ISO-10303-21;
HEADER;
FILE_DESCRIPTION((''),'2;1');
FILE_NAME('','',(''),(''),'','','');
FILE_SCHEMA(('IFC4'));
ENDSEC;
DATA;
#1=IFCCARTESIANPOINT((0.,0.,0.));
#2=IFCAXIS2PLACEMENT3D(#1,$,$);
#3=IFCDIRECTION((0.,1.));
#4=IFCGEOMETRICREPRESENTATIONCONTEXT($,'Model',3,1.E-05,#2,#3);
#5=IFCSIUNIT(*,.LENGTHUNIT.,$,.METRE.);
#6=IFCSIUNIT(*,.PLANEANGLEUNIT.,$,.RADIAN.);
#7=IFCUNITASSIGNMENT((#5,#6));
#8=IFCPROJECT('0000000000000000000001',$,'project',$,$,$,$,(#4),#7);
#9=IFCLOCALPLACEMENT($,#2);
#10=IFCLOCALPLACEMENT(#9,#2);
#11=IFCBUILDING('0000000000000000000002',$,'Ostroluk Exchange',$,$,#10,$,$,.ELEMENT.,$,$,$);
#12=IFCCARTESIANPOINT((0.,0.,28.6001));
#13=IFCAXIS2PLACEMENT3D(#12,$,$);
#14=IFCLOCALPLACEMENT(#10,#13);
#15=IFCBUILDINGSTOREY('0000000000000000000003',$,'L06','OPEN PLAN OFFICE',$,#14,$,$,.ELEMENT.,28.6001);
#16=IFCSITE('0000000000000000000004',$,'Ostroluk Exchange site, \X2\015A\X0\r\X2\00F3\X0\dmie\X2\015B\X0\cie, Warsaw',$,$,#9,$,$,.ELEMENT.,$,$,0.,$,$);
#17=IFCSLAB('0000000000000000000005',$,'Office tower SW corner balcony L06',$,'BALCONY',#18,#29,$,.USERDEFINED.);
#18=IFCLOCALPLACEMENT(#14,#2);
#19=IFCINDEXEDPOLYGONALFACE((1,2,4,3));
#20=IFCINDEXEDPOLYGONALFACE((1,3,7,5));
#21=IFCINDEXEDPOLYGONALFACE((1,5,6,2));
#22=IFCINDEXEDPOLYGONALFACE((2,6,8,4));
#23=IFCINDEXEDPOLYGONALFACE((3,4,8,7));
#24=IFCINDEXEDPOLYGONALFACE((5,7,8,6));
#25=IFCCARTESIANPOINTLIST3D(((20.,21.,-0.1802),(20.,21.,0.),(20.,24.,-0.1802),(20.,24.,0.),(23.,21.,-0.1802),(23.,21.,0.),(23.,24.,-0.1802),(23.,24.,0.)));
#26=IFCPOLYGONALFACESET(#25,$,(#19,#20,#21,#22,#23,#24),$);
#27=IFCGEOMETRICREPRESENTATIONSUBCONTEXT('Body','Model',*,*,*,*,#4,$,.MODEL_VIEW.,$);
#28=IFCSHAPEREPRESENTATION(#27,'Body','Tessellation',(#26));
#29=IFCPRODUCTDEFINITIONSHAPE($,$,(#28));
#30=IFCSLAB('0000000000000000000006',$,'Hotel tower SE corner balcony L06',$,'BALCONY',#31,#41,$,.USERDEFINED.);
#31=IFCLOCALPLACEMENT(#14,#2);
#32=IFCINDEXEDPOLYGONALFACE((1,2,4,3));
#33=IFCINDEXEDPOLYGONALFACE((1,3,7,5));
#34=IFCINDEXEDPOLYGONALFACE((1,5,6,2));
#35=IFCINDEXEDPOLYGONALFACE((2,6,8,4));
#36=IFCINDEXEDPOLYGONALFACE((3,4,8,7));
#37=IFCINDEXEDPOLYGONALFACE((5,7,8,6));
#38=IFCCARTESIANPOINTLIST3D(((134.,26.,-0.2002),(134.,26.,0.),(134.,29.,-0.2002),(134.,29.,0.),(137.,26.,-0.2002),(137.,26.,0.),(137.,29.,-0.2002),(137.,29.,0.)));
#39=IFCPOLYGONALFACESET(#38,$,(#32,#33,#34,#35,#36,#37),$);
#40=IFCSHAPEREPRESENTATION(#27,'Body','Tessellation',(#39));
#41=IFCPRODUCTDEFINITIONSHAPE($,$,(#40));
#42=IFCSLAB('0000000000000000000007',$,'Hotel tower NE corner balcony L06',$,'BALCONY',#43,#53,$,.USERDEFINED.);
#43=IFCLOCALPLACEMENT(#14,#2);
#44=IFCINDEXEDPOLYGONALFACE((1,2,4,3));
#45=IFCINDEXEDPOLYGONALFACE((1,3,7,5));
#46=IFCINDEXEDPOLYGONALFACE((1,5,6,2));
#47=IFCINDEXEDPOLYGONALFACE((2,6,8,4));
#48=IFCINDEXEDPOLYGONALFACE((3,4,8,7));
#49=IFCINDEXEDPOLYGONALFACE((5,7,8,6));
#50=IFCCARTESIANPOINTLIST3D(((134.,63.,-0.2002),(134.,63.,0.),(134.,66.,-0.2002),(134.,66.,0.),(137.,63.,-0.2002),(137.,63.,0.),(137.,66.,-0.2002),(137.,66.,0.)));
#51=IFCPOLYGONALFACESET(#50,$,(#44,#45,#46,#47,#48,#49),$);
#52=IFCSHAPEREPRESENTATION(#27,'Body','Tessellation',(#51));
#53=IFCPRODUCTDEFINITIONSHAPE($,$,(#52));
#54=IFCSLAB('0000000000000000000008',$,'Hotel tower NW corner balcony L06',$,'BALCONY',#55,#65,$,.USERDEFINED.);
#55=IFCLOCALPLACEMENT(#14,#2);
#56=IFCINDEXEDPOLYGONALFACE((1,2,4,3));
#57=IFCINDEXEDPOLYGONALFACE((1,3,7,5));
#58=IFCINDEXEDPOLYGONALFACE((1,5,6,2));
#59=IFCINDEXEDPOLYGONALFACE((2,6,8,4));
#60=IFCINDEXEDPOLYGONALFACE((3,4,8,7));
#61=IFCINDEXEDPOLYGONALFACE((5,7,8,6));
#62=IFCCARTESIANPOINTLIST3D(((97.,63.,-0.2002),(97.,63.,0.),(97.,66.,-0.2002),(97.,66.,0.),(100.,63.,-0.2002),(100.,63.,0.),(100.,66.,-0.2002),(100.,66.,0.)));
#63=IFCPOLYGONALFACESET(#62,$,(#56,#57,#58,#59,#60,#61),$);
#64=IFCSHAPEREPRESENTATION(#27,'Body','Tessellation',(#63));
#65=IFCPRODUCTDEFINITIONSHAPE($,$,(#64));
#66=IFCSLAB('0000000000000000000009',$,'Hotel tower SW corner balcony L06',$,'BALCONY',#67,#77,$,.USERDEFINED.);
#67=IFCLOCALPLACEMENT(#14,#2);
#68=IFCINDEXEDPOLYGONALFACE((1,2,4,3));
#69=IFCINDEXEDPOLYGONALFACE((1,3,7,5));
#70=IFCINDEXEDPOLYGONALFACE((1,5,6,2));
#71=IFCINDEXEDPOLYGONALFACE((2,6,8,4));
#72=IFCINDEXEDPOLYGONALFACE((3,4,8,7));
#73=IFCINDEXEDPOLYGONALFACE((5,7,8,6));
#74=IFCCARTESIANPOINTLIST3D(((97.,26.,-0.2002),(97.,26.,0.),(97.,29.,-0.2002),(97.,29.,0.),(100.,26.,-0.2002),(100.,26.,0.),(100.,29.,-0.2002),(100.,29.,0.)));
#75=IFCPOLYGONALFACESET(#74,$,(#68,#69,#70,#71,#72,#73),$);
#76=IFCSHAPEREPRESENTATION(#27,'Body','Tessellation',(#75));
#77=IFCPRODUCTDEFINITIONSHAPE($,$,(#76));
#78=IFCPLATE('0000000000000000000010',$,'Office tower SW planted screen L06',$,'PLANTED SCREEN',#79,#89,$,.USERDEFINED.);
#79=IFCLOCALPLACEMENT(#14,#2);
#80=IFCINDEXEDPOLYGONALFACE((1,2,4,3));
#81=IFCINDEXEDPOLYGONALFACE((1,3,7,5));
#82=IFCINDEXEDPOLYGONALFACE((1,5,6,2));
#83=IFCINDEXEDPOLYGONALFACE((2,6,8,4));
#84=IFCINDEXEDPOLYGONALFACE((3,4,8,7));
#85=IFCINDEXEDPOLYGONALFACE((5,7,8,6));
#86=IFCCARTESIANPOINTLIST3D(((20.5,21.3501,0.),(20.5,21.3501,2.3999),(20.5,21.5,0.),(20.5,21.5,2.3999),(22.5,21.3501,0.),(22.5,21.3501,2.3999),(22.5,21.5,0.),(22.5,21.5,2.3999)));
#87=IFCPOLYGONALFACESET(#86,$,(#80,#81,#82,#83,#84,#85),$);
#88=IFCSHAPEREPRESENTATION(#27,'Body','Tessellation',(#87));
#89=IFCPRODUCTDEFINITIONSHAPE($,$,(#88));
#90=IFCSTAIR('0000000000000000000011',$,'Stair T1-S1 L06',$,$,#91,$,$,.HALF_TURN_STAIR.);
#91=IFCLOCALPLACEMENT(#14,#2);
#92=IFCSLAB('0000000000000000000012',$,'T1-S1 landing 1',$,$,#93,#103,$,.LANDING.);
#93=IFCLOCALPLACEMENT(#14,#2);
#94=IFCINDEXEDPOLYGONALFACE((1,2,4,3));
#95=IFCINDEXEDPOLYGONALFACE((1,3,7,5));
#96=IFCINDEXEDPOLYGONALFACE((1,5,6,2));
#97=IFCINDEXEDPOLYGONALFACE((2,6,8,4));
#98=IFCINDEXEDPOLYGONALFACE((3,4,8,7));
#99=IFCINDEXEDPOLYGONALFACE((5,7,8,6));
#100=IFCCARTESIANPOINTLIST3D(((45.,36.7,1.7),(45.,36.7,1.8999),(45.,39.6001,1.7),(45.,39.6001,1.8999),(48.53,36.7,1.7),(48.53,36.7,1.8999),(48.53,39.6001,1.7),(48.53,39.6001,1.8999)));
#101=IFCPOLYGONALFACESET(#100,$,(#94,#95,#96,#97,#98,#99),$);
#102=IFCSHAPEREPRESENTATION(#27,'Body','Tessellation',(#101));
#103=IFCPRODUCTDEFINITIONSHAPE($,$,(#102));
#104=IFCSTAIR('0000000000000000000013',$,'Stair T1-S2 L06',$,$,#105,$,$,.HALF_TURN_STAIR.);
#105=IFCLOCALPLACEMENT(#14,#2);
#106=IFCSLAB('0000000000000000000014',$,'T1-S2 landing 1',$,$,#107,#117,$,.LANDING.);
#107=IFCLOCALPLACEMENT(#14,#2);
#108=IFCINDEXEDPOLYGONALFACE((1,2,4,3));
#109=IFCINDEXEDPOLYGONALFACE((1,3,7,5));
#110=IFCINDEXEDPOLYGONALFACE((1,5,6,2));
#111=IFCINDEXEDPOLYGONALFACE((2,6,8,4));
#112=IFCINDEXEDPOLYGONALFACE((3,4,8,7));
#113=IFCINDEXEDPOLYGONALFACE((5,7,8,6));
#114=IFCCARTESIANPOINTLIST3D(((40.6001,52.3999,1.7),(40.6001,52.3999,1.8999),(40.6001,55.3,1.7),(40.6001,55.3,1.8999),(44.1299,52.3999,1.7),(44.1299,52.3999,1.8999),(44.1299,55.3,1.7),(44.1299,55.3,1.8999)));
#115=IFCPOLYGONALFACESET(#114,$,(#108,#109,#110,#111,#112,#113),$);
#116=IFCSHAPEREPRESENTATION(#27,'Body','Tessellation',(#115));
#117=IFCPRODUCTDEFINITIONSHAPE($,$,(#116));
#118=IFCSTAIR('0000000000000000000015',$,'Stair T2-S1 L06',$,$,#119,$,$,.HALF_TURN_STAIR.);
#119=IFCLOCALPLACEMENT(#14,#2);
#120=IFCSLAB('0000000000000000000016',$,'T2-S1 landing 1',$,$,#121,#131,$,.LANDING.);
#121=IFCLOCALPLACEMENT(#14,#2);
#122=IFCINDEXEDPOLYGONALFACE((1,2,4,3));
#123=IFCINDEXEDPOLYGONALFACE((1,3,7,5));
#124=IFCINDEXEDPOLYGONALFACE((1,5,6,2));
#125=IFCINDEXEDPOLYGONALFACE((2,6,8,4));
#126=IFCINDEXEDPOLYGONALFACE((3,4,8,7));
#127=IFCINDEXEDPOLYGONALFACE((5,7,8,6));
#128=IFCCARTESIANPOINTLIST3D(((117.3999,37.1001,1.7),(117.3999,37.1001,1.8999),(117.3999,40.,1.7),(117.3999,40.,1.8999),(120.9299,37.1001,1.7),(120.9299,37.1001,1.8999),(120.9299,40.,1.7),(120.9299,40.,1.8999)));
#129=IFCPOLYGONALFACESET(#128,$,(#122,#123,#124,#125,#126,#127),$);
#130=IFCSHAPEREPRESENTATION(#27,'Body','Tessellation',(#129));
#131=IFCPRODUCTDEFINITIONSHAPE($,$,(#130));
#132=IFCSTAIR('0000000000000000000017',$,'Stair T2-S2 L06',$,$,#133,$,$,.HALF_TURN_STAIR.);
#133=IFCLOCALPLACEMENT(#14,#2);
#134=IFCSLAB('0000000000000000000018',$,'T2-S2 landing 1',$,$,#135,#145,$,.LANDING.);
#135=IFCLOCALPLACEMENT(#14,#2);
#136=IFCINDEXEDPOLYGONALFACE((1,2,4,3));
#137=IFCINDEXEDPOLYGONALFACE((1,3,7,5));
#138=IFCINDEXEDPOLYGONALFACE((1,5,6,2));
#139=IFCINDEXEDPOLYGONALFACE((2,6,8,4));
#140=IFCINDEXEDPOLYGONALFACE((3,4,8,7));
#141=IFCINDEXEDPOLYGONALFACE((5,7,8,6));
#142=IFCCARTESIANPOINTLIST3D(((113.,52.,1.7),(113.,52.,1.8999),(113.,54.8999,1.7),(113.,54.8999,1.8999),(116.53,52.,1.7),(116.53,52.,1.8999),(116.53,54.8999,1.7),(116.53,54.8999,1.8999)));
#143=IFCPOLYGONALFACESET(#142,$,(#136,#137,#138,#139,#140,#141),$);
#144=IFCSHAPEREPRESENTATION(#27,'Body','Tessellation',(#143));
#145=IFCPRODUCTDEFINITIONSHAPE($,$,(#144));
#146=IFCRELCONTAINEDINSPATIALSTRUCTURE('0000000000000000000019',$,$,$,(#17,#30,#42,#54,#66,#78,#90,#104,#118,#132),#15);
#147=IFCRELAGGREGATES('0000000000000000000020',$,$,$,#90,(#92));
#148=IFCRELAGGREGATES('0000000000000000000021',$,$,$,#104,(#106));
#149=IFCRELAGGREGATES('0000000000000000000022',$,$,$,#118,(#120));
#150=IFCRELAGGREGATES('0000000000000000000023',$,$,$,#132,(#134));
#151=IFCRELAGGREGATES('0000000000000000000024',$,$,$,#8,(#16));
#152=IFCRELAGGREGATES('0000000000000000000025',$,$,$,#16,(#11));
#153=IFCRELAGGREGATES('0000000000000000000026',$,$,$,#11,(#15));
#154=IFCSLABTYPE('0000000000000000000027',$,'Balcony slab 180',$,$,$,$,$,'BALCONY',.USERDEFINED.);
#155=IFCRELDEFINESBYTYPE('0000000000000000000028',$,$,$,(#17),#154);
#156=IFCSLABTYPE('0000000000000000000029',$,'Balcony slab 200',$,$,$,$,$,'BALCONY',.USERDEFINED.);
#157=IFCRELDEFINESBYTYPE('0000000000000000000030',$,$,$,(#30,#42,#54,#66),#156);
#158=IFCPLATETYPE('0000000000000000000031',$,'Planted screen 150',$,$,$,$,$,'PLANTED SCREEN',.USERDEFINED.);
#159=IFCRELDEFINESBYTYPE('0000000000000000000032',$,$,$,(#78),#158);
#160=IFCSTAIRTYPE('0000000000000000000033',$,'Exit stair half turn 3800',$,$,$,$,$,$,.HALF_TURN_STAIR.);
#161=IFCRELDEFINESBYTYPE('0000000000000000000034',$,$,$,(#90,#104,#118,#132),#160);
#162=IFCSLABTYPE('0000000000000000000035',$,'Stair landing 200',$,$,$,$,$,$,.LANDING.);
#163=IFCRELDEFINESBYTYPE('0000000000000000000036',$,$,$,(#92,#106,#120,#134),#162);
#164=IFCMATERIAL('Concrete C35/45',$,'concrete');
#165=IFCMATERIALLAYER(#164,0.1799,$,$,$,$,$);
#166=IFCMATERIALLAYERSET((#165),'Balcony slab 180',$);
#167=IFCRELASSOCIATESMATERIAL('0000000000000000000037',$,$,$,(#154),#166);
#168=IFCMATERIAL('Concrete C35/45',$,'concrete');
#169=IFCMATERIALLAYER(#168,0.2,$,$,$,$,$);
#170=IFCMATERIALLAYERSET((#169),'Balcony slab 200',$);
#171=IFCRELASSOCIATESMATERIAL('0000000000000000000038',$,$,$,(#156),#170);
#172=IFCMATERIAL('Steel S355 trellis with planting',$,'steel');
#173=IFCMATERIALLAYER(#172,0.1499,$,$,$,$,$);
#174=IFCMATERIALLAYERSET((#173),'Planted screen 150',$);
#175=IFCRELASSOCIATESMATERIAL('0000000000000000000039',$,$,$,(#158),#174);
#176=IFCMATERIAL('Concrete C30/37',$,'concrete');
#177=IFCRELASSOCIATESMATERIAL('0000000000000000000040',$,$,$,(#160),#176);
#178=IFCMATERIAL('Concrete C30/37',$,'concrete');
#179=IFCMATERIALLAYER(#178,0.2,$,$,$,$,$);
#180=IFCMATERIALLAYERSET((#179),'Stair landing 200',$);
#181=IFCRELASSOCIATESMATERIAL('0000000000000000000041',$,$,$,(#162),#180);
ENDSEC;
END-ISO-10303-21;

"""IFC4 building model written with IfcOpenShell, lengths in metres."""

from ifc_helpers import new_model, si_unit, direction, frame, origin, origin_2d, place, context, subcontext, project, spatial, polyline, rectangle, outline, extrude, material, layer, layer_set, type_object, element, aggregate, save


model = new_model("IFC4")

# Units and contexts
model_context = context("Model", 3, precision=1e-05, world=origin(), true_north=direction((0.0, 1.0)))
body_context = subcontext(model_context, "Body", "Model", "MODEL_VIEW")
ifc_project = project(units=[si_unit("LENGTHUNIT", "METRE"), si_unit("PLANEANGLEUNIT", "RADIAN")], contexts=[model_context])

# Site, building, storey
site_placement = place(None, origin())
site = spatial("IfcSite", under=ifc_project, at=site_placement, Name="Ostroluk Exchange site, Śródmieście, Warsaw", CompositionType="ELEMENT", RefElevation=0.0)
building_placement = place(site_placement, origin())
building = spatial("IfcBuilding", under=site, at=building_placement, Name="Ostroluk Exchange", CompositionType="ELEMENT")
storey_placement = place(building_placement, frame((0.0, 0.0, 28.6001)))
storey = spatial("IfcBuildingStorey", under=building, at=storey_placement, Name="L06", Description="OPEN PLAN OFFICE", CompositionType="ELEMENT", Elevation=28.6001)

# Slabs
ifc_material_1 = material(Name="Concrete C35/45", Category="concrete")
ifc_layer_1 = layer(ifc_material_1, 0.1799)
ifc_layer_set_1 = layer_set([ifc_layer_1], Name="Balcony slab 180")
slab_type_1 = type_object("IfcSlabType", Name="Balcony slab 180", ElementType="BALCONY", PredefinedType="USERDEFINED", material=ifc_layer_set_1)
slab_1_placement = place(storey_placement, frame((0.0, 0.0, -0.1802)))
element("IfcSlab", 1, at=slab_1_placement, inside=storey, type_object=slab_type_1, Name="Office tower SW corner balcony L06", ObjectType="BALCONY", PredefinedType="USERDEFINED", context=body_context, shape_type="SweptSolid", body=[
    extrude(outline(polyline([(20.0, 21.0), (23.0, 21.0), (23.0, 24.0), (20.0, 24.0), (20.0, 21.0)])), origin(), (0.0, 0.0, 1.0), 0.1802),
])
ifc_material_2 = material(Name="Concrete C35/45", Category="concrete")
ifc_layer_2 = layer(ifc_material_2, 0.2)
ifc_layer_set_2 = layer_set([ifc_layer_2], Name="Balcony slab 200")
slab_type_2 = type_object("IfcSlabType", Name="Balcony slab 200", ElementType="BALCONY", PredefinedType="USERDEFINED", material=ifc_layer_set_2)
slab_2_placement = place(storey_placement, frame((0.0, 0.0, -0.2002)))
element("IfcSlab", 2, at=slab_2_placement, inside=storey, type_object=slab_type_2, Name="Hotel tower SE corner balcony L06", ObjectType="BALCONY", PredefinedType="USERDEFINED", context=body_context, shape_type="SweptSolid", body=[
    extrude(outline(polyline([(134.0, 26.0), (137.0, 26.0), (137.0, 29.0), (134.0, 29.0), (134.0, 26.0)])), origin(), (0.0, 0.0, 1.0), 0.2002),
])
slab_3_placement = place(storey_placement, frame((0.0, 0.0, -0.2002)))
element("IfcSlab", 3, at=slab_3_placement, inside=storey, type_object=slab_type_2, Name="Hotel tower NE corner balcony L06", ObjectType="BALCONY", PredefinedType="USERDEFINED", context=body_context, shape_type="SweptSolid", body=[
    extrude(outline(polyline([(134.0, 63.0), (137.0, 63.0), (137.0, 66.0), (134.0, 66.0), (134.0, 63.0)])), origin(), (0.0, 0.0, 1.0), 0.2002),
])
slab_4_placement = place(storey_placement, frame((0.0, 0.0, -0.2002)))
element("IfcSlab", 4, at=slab_4_placement, inside=storey, type_object=slab_type_2, Name="Hotel tower NW corner balcony L06", ObjectType="BALCONY", PredefinedType="USERDEFINED", context=body_context, shape_type="SweptSolid", body=[
    extrude(outline(polyline([(97.0, 63.0), (100.0, 63.0), (100.0, 66.0), (97.0, 66.0), (97.0, 63.0)])), origin(), (0.0, 0.0, 1.0), 0.2002),
])
slab_5_placement = place(storey_placement, frame((0.0, 0.0, -0.2002)))
element("IfcSlab", 5, at=slab_5_placement, inside=storey, type_object=slab_type_2, Name="Hotel tower SW corner balcony L06", ObjectType="BALCONY", PredefinedType="USERDEFINED", context=body_context, shape_type="SweptSolid", body=[
    extrude(outline(polyline([(97.0, 26.0), (100.0, 26.0), (100.0, 29.0), (97.0, 29.0), (97.0, 26.0)])), origin(), (0.0, 0.0, 1.0), 0.2002),
])

# Plate
ifc_material_3 = material(Name="Steel S355 trellis with planting", Category="steel")
ifc_layer_3 = layer(ifc_material_3, 0.1499)
ifc_layer_set_3 = layer_set([ifc_layer_3], Name="Planted screen 150")
plate_type = type_object("IfcPlateType", Name="Planted screen 150", ElementType="PLANTED SCREEN", PredefinedType="USERDEFINED", material=ifc_layer_set_3)
plate_placement = place(storey_placement, frame((21.5, 21.425, 0.0), z_axis=(0.0, 0.0, 1.0), x_axis=(1.0, 0.0, 0.0)))
element("IfcPlate", 6, at=plate_placement, inside=storey, type_object=plate_type, Name="Office tower SW planted screen L06", ObjectType="PLANTED SCREEN", PredefinedType="USERDEFINED", context=body_context, shape_type="SweptSolid", body=[
    extrude(rectangle(XDim=2.0, YDim=0.1499, at=origin_2d()), origin(), (0.0, 0.0, 1.0), 2.3999),
])

# Stairs, slabs
ifc_material_4 = material(Name="Concrete C30/37", Category="concrete")
stair_type = type_object("IfcStairType", Name="Exit stair half turn 3800", PredefinedType="HALF_TURN_STAIR", material=ifc_material_4)
stair_1_placement = place(storey_placement, origin())
stair_1 = element("IfcStair", 7, at=stair_1_placement, inside=storey, type_object=stair_type, Name="Stair T1-S1 L06", PredefinedType="HALF_TURN_STAIR")
ifc_material_5 = material(Name="Concrete C30/37", Category="concrete")
ifc_layer_4 = layer(ifc_material_5, 0.2)
ifc_layer_set_4 = layer_set([ifc_layer_4], Name="Stair landing 200")
slab_type_3 = type_object("IfcSlabType", Name="Stair landing 200", PredefinedType="LANDING", material=ifc_layer_set_4)
slab_6_placement = place(storey_placement, frame((0.0, 0.0, 1.7)))
slab_6 = element("IfcSlab", 8, at=slab_6_placement, type_object=slab_type_3, Name="T1-S1 landing 1", PredefinedType="LANDING", context=body_context, shape_type="SweptSolid", body=[
    extrude(outline(polyline([(45.0, 36.7), (45.0, 39.6001), (48.53, 39.6001), (48.53, 36.7), (45.0, 36.7)])), origin(), (0.0, 0.0, 1.0), 0.2),
])
aggregate(stair_1, [slab_6])
stair_2_placement = place(storey_placement, origin())
stair_2 = element("IfcStair", 9, at=stair_2_placement, inside=storey, type_object=stair_type, Name="Stair T1-S2 L06", PredefinedType="HALF_TURN_STAIR")
slab_7_placement = place(storey_placement, frame((0.0, 0.0, 1.7)))
slab_7 = element("IfcSlab", 10, at=slab_7_placement, type_object=slab_type_3, Name="T1-S2 landing 1", PredefinedType="LANDING", context=body_context, shape_type="SweptSolid", body=[
    extrude(outline(polyline([(44.1299, 52.3999), (44.1299, 55.3), (40.6001, 55.3), (40.6001, 52.3999), (44.1299, 52.3999)])), origin(), (0.0, 0.0, 1.0), 0.2),
])
aggregate(stair_2, [slab_7])
stair_3_placement = place(storey_placement, origin())
stair_3 = element("IfcStair", 11, at=stair_3_placement, inside=storey, type_object=stair_type, Name="Stair T2-S1 L06", PredefinedType="HALF_TURN_STAIR")
slab_8_placement = place(storey_placement, frame((0.0, 0.0, 1.7)))
slab_8 = element("IfcSlab", 12, at=slab_8_placement, type_object=slab_type_3, Name="T2-S1 landing 1", PredefinedType="LANDING", context=body_context, shape_type="SweptSolid", body=[
    extrude(outline(polyline([(117.3999, 37.1001), (117.3999, 40.0), (120.9299, 40.0), (120.9299, 37.1001), (117.3999, 37.1001)])), origin(), (0.0, 0.0, 1.0), 0.2),
])
aggregate(stair_3, [slab_8])
stair_4_placement = place(storey_placement, origin())
stair_4 = element("IfcStair", 13, at=stair_4_placement, inside=storey, type_object=stair_type, Name="Stair T2-S2 L06", PredefinedType="HALF_TURN_STAIR")
slab_9_placement = place(storey_placement, frame((0.0, 0.0, 1.7)))
slab_9 = element("IfcSlab", 14, at=slab_9_placement, type_object=slab_type_3, Name="T2-S2 landing 1", PredefinedType="LANDING", context=body_context, shape_type="SweptSolid", body=[
    extrude(outline(polyline([(116.53, 52.0), (116.53, 54.8999), (113.0, 54.8999), (113.0, 52.0), (116.53, 52.0)])), origin(), (0.0, 0.0, 1.0), 0.2),
])
aggregate(stair_4, [slab_9])

save(model, "model.ifc")
